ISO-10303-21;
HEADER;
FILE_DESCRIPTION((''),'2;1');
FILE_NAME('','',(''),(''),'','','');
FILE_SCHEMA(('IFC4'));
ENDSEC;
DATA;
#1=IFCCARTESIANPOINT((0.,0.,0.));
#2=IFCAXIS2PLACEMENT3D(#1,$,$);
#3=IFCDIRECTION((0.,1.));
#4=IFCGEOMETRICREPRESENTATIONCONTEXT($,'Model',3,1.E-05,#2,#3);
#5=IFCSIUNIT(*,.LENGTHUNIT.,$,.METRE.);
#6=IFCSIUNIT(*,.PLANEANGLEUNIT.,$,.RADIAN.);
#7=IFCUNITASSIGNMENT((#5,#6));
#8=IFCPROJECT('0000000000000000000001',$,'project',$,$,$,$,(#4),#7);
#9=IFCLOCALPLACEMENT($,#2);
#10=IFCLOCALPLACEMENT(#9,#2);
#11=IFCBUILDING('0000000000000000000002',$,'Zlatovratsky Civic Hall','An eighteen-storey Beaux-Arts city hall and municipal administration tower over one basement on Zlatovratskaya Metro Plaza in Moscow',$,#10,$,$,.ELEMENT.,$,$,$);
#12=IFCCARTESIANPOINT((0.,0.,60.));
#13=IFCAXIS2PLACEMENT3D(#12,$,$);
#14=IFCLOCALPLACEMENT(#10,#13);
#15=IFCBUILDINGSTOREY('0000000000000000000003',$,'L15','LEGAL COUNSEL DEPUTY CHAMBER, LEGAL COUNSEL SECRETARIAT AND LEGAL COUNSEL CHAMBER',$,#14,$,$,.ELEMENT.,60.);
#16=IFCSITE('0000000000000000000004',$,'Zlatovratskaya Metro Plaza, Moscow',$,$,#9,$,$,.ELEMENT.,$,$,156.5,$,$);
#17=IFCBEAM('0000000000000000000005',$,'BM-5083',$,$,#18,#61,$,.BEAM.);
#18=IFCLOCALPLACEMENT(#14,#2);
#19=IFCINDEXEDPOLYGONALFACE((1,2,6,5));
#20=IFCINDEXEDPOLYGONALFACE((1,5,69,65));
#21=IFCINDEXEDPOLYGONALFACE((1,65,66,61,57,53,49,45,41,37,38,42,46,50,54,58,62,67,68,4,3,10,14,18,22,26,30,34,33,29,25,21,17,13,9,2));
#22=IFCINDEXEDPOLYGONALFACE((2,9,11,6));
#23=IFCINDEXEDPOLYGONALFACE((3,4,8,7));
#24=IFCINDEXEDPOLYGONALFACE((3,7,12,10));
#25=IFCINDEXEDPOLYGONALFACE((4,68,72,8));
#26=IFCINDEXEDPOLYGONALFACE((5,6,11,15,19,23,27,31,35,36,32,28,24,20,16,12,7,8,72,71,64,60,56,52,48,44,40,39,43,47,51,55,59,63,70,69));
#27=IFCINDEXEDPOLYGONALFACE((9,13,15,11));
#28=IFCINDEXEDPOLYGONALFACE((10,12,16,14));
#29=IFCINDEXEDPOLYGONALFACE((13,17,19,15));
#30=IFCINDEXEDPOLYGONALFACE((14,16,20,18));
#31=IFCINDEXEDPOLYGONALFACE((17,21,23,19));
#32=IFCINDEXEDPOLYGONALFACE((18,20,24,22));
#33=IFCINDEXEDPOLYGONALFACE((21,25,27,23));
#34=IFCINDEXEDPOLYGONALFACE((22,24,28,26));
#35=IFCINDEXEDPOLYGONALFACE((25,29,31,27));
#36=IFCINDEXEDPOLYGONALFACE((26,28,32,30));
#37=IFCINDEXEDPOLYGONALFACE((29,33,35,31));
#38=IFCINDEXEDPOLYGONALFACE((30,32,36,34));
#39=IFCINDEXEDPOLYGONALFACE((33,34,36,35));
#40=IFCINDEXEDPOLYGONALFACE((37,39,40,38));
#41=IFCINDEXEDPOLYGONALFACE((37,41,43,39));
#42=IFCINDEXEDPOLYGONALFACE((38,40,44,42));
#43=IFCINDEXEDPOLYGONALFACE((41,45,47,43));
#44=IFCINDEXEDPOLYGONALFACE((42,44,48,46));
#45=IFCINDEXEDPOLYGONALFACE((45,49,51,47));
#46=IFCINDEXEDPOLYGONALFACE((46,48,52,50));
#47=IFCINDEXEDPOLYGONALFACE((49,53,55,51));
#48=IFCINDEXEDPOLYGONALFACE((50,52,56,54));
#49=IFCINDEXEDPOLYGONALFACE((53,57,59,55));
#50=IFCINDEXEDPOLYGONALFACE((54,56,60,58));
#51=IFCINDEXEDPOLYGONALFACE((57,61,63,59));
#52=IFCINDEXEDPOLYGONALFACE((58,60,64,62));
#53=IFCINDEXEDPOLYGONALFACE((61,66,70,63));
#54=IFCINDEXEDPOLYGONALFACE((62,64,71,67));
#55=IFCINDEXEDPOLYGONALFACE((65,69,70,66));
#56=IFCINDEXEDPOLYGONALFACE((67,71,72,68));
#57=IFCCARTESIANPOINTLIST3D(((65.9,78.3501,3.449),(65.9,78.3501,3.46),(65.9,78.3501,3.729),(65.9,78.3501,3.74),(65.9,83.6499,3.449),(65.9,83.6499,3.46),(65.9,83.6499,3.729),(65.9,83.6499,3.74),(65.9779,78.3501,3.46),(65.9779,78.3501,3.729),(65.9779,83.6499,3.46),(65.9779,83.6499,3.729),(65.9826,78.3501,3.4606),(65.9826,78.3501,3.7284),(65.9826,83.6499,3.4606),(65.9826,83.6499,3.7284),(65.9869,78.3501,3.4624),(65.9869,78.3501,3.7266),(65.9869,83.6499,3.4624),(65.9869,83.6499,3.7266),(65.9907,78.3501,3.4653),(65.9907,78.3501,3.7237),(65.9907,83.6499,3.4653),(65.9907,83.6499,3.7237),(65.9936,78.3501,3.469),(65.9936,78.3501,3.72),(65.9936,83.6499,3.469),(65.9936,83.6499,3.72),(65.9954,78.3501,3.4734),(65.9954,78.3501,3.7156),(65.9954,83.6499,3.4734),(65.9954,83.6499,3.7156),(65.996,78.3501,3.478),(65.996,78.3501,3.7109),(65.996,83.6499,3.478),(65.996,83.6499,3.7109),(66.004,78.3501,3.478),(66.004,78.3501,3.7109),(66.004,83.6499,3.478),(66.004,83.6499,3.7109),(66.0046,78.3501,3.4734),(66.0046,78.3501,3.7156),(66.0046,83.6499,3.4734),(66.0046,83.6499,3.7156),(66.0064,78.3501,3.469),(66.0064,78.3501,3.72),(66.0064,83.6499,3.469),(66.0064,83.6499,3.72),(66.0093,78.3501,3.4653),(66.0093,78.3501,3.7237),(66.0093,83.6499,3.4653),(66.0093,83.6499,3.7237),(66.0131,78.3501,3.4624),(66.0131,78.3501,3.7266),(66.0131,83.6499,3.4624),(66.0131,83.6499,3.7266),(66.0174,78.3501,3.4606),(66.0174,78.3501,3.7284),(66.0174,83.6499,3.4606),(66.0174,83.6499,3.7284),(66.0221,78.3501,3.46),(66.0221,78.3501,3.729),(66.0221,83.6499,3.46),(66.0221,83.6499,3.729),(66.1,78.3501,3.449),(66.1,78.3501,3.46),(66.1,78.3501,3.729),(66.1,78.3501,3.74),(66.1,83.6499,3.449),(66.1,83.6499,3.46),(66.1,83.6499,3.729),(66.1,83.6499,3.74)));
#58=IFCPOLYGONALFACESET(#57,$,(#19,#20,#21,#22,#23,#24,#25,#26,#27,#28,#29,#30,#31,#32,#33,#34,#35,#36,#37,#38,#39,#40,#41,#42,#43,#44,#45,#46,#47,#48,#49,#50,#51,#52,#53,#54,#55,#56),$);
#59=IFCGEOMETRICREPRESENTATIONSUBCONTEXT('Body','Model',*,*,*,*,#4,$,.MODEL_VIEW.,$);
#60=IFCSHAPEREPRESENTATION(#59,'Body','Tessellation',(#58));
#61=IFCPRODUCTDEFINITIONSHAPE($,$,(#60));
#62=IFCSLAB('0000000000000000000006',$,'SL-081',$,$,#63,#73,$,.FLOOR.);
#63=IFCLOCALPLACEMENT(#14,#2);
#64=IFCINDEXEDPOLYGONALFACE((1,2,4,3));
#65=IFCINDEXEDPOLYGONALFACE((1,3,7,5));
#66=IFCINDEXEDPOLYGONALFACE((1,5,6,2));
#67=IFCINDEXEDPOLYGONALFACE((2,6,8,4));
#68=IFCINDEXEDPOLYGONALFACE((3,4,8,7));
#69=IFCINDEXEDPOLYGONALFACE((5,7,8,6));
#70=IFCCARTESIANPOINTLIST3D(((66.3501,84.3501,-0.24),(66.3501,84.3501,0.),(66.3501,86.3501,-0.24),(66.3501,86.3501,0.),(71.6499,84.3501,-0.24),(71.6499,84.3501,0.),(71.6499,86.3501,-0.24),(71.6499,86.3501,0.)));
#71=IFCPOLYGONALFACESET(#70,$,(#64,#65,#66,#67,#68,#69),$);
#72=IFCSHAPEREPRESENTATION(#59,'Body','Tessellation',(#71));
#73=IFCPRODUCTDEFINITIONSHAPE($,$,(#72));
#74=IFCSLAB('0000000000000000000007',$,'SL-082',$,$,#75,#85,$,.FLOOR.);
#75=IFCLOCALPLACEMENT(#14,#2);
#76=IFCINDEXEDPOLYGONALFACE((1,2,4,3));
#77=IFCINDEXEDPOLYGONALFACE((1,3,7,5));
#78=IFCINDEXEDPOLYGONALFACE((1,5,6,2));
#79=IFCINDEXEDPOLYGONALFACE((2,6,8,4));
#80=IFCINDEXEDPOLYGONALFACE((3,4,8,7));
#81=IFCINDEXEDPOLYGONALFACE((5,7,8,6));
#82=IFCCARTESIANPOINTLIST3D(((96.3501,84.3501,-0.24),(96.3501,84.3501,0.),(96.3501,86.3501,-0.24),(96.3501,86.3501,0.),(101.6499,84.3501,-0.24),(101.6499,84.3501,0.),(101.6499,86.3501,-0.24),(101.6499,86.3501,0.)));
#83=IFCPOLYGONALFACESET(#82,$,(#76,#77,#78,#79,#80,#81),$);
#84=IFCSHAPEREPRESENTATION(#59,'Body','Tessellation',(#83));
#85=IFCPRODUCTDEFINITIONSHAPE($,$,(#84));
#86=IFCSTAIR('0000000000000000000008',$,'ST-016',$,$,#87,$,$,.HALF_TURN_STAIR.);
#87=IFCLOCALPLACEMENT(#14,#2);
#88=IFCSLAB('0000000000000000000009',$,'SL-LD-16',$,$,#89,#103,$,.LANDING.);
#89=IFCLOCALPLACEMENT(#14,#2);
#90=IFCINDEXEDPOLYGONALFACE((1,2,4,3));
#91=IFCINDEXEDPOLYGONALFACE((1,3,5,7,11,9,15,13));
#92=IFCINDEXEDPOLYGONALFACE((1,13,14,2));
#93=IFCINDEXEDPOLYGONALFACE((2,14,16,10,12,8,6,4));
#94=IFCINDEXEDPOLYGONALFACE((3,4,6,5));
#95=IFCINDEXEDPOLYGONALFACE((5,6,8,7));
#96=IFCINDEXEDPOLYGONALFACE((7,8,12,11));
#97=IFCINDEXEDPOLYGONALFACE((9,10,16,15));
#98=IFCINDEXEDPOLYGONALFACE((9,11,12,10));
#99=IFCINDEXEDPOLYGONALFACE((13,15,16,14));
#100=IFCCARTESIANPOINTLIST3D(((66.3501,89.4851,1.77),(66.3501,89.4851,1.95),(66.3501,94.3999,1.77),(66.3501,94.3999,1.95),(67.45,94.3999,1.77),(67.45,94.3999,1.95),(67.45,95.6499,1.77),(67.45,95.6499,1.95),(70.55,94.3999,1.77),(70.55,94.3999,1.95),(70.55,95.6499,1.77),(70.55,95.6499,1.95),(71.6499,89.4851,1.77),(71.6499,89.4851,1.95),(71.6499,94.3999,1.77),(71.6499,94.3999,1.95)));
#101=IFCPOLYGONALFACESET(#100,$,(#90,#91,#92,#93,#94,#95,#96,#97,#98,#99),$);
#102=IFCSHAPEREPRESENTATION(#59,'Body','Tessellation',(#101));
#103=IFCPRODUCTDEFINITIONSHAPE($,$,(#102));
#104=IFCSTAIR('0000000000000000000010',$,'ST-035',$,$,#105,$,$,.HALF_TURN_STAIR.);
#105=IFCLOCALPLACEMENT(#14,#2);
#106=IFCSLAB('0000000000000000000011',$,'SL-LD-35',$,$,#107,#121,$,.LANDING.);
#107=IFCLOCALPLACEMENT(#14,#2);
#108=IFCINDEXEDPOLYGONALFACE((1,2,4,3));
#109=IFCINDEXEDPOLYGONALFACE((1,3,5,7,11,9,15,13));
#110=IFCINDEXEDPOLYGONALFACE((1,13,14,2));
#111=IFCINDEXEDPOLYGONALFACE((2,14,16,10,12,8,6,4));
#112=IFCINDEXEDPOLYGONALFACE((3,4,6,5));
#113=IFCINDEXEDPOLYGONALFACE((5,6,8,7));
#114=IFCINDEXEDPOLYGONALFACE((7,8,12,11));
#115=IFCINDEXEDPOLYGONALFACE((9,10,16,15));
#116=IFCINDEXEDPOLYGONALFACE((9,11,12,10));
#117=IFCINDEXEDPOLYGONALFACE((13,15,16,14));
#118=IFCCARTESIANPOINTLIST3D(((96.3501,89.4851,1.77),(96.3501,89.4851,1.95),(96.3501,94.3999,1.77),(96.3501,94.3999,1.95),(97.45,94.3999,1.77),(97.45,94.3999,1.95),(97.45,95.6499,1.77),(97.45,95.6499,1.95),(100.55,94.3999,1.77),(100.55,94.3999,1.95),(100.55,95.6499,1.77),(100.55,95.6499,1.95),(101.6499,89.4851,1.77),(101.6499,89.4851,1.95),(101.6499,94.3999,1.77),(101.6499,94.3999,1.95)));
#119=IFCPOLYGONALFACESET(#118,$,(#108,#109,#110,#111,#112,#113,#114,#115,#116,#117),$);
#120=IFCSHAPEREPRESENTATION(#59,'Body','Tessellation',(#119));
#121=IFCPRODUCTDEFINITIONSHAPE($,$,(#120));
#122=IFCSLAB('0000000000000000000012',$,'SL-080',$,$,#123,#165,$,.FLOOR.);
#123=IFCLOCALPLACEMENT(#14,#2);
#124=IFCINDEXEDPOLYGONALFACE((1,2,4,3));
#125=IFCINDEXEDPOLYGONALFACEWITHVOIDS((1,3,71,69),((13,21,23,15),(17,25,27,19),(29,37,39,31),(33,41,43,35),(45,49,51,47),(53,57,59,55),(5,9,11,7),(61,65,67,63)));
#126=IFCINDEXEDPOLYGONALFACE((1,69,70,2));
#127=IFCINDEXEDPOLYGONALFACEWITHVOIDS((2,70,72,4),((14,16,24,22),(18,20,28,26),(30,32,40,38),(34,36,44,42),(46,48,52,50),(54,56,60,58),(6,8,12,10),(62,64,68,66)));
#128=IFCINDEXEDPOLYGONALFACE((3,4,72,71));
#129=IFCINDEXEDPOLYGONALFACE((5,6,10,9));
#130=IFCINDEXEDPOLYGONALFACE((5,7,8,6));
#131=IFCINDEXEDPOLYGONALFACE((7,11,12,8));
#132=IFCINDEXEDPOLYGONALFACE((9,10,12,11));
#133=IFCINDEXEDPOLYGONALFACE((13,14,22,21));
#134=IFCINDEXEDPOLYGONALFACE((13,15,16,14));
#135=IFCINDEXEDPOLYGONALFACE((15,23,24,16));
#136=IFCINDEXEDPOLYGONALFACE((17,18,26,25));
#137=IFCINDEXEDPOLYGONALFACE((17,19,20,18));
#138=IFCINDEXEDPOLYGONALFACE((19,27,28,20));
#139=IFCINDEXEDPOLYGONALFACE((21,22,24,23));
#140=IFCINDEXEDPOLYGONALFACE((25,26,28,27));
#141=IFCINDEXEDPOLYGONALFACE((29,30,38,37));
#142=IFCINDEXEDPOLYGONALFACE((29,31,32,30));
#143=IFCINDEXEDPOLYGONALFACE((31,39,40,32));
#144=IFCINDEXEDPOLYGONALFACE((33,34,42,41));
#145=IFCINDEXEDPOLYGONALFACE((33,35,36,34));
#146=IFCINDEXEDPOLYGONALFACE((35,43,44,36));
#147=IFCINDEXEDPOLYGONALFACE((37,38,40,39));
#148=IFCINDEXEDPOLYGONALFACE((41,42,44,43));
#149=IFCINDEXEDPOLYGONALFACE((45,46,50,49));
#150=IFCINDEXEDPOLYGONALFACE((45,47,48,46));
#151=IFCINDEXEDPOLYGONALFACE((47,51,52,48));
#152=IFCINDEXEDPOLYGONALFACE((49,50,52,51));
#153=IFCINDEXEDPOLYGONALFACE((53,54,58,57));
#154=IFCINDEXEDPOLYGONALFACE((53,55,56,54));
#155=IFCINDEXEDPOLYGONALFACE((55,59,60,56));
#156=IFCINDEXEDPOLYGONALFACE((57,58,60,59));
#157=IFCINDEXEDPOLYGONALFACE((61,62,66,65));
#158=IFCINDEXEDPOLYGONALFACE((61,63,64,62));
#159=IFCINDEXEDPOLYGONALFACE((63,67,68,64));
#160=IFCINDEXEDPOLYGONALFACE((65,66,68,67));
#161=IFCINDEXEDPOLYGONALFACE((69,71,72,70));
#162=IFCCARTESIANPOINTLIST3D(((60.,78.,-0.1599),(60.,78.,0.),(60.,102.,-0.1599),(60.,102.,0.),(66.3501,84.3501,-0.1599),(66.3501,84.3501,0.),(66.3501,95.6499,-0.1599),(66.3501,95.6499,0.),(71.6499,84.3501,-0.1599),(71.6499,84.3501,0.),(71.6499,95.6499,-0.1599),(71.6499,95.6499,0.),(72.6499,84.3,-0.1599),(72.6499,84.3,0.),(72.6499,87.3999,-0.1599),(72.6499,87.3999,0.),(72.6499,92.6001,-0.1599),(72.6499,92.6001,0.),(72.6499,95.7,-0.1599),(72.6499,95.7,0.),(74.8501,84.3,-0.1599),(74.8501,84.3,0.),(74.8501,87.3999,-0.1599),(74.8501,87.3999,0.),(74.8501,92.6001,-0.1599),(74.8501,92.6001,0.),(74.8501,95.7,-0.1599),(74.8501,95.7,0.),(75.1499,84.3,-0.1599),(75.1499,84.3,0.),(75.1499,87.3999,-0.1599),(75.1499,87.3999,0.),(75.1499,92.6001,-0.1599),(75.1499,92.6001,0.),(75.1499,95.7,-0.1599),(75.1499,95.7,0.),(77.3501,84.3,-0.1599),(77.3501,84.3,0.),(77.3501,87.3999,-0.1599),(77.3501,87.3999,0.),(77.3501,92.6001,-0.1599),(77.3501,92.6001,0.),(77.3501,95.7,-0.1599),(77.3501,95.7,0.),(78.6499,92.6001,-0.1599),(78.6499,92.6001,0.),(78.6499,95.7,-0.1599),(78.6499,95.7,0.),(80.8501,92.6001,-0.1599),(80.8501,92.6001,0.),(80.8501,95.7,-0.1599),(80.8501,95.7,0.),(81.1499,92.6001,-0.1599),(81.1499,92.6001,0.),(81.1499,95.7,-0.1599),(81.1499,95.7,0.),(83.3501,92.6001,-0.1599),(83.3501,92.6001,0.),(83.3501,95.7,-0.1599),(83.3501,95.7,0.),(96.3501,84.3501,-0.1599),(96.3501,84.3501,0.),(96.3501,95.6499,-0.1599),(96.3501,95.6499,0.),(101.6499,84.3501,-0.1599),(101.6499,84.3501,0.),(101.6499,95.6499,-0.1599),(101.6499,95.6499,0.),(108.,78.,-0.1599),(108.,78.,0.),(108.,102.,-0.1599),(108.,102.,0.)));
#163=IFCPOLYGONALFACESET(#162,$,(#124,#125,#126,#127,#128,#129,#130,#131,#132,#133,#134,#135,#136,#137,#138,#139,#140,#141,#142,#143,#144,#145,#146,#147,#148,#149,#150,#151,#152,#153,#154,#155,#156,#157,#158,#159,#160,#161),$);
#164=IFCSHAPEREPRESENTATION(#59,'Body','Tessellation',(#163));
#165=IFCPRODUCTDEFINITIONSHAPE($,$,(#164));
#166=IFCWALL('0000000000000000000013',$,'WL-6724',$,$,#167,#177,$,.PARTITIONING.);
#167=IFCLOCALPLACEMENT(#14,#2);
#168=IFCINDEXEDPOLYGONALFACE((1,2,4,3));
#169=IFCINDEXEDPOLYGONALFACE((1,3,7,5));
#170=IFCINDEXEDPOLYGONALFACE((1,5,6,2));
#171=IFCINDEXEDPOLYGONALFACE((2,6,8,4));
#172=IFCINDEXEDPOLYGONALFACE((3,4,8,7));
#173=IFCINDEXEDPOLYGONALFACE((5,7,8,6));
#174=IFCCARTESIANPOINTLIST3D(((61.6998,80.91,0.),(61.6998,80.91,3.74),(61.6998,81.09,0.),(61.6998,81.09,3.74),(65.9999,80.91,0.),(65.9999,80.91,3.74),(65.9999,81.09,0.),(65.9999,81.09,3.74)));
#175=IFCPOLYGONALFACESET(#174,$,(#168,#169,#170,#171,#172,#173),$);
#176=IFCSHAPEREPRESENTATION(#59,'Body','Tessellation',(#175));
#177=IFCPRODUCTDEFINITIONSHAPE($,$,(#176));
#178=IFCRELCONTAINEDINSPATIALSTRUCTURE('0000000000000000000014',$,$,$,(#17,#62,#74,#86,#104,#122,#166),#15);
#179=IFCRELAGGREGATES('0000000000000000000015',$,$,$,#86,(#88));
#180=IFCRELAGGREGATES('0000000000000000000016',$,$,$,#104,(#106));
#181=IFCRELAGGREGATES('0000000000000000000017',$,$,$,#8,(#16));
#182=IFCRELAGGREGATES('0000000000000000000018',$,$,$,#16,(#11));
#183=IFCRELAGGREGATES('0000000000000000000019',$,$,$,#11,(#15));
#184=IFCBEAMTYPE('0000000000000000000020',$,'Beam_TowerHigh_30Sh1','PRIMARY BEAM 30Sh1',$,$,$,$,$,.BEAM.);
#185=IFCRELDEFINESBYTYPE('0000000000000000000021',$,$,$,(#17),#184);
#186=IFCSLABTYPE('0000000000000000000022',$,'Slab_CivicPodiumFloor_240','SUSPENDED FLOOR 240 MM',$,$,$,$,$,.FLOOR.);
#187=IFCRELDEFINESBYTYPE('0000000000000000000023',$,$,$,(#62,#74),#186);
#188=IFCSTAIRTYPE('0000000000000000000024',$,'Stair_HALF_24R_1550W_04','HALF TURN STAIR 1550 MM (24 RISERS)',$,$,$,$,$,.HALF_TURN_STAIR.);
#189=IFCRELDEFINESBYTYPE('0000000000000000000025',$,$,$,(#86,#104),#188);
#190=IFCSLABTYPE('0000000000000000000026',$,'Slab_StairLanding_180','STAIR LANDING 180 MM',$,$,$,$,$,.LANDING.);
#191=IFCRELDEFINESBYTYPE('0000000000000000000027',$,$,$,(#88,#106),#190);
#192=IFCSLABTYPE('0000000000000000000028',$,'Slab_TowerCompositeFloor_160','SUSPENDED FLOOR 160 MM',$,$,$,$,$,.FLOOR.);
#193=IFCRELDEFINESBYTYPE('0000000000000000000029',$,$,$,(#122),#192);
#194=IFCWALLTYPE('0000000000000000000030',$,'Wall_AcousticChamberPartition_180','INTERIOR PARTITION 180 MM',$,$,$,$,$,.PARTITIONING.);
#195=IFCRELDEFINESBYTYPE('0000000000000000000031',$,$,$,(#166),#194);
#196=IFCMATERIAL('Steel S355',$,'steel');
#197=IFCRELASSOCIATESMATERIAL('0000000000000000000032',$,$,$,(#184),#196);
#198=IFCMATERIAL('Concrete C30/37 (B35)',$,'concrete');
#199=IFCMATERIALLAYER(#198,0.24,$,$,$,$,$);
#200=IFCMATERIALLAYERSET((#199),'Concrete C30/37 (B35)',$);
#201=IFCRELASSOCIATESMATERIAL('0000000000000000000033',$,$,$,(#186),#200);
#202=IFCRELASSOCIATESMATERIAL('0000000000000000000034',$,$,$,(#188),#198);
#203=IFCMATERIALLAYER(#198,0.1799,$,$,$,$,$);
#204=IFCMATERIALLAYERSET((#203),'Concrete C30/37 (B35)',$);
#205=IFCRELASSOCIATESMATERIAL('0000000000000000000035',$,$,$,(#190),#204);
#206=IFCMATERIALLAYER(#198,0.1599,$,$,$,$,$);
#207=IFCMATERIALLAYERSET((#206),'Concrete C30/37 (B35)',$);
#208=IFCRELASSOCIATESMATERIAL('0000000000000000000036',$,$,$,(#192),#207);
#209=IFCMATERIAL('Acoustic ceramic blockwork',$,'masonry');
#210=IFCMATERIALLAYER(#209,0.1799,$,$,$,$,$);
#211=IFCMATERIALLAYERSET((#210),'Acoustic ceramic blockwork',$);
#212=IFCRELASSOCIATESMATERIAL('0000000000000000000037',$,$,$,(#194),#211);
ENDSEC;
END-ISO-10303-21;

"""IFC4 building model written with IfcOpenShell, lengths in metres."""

from ifc_helpers import new_model, si_unit, direction, frame, frame_2d, origin, origin_2d, place, context, subcontext, project, spatial, polyline, rectangle, i_section, outline, extrude, material, layer, layer_set, material_profile, profile_set, type_object, element, aggregate, save


model = new_model("IFC4")

# Units and contexts
model_context = context("Model", 3, precision=1e-05, world=origin(), true_north=direction((0.0, 1.0)))
body_context = subcontext(model_context, "Body", "Model", "MODEL_VIEW")
ifc_project = project(units=[si_unit("LENGTHUNIT", "METRE"), si_unit("PLANEANGLEUNIT", "RADIAN")], contexts=[model_context])

# Site, building, storey
site_placement = place(None, origin())
site = spatial("IfcSite", under=ifc_project, at=site_placement, Name="Zlatovratskaya Metro Plaza, Moscow", CompositionType="ELEMENT", RefElevation=156.5)
building_placement = place(site_placement, origin())
building = spatial("IfcBuilding", under=site, at=building_placement, Name="Zlatovratsky Civic Hall", Description="An eighteen-storey Beaux-Arts city hall and municipal administration tower over one basement on Zlatovratskaya Metro Plaza in Moscow", CompositionType="ELEMENT")
storey_placement = place(building_placement, frame((0.0, 0.0, 60.0)))
storey = spatial("IfcBuildingStorey", under=building, at=storey_placement, Name="L15", Description="LEGAL COUNSEL DEPUTY CHAMBER, LEGAL COUNSEL SECRETARIAT AND LEGAL COUNSEL CHAMBER", CompositionType="ELEMENT", Elevation=60.0)

# Beam
ifc_material_1 = material(Name="Steel S355", Category="steel")
ifc_material_profile_1 = material_profile(ifc_material_1, i_section(OverallWidth=0.2, OverallDepth=0.291, WebThickness=0.0081, FlangeThickness=0.011, FilletRadius=0.0181, at=origin_2d()), Name="30Sh1")
ifc_profile_set_1 = profile_set([ifc_material_profile_1], Name="Steel S355")
beam_type_1 = type_object("IfcBeamType", Name="Beam_TowerHigh_30Sh1", Description="PRIMARY BEAM 30Sh1", PredefinedType="BEAM", material=ifc_profile_set_1)
beam_placement = place(storey_placement, frame((66.0, 78.3501, 3.5945), z_axis=(0.0, 1.0, 0.0), x_axis=(-1.0, 0.0, 0.0)))
element("IfcBeam", 1, at=beam_placement, inside=storey, type_object=beam_type_1, Name="BM-5083", PredefinedType="BEAM", context=body_context, shape_type="SweptSolid", body=[
    extrude(i_section(OverallWidth=0.2, OverallDepth=0.291, WebThickness=0.0081, FlangeThickness=0.011, FilletRadius=0.0181, at=origin_2d()), origin(), (0.0, 0.0, 1.0), 5.2998),
])

# Slabs
ifc_material_2 = material(Name="Concrete C30/37 (B35)", Category="concrete")
ifc_layer_1 = layer(ifc_material_2, 0.24)
ifc_layer_set_1 = layer_set([ifc_layer_1], Name="Concrete C30/37 (B35)")
slab_type_1 = type_object("IfcSlabType", Name="Slab_CivicPodiumFloor_240", Description="SUSPENDED FLOOR 240 MM", PredefinedType="FLOOR", material=ifc_layer_set_1)
slab_1_placement = place(storey_placement, frame((0.0, 0.0, -0.24)))
element("IfcSlab", 2, at=slab_1_placement, inside=storey, type_object=slab_type_1, Name="SL-081", PredefinedType="FLOOR", context=body_context, shape_type="SweptSolid", body=[
    extrude(outline(polyline([(66.3501, 84.3501), (71.6499, 84.3501), (71.6499, 86.3501), (66.3501, 86.3501), (66.3501, 84.3501)])), origin(), (0.0, 0.0, 1.0), 0.24),
])
slab_2_placement = place(storey_placement, frame((0.0, 0.0, -0.24)))
element("IfcSlab", 3, at=slab_2_placement, inside=storey, type_object=slab_type_1, Name="SL-082", PredefinedType="FLOOR", context=body_context, shape_type="SweptSolid", body=[
    extrude(outline(polyline([(96.3501, 84.3501), (101.6499, 84.3501), (101.6499, 86.3501), (96.3501, 86.3501), (96.3501, 84.3501)])), origin(), (0.0, 0.0, 1.0), 0.24),
])

# Stairs, slabs
stair_type = type_object("IfcStairType", Name="Stair_HALF_24R_1550W_04", Description="HALF TURN STAIR 1550 MM (24 RISERS)", PredefinedType="HALF_TURN_STAIR", material=ifc_material_2)
stair_1_placement = place(storey_placement, origin())
stair_1 = element("IfcStair", 4, at=stair_1_placement, inside=storey, type_object=stair_type, Name="ST-016", PredefinedType="HALF_TURN_STAIR")
ifc_layer_2 = layer(ifc_material_2, 0.1799)
ifc_layer_set_2 = layer_set([ifc_layer_2], Name="Concrete C30/37 (B35)")
slab_type_2 = type_object("IfcSlabType", Name="Slab_StairLanding_180", Description="STAIR LANDING 180 MM", PredefinedType="LANDING", material=ifc_layer_set_2)
slab_3_placement = place(storey_placement, frame((0.0, 0.0, 1.77)))
slab_3 = element("IfcSlab", 5, at=slab_3_placement, type_object=slab_type_2, Name="SL-LD-16", PredefinedType="LANDING", context=body_context, shape_type="SweptSolid", body=[
    extrude(outline(polyline([(66.3501, 89.4851), (71.6499, 89.4851), (71.6499, 94.3999), (70.55, 94.3999), (70.55, 95.6499), (67.45, 95.6499), (67.45, 94.3999), (66.3501, 94.3999), (66.3501, 89.4851)])), origin(), (0.0, 0.0, 1.0), 0.1799),
])
aggregate(stair_1, [slab_3])
stair_2_placement = place(storey_placement, origin())
stair_2 = element("IfcStair", 6, at=stair_2_placement, inside=storey, type_object=stair_type, Name="ST-035", PredefinedType="HALF_TURN_STAIR")
slab_4_placement = place(storey_placement, frame((0.0, 0.0, 1.77)))
slab_4 = element("IfcSlab", 7, at=slab_4_placement, type_object=slab_type_2, Name="SL-LD-35", PredefinedType="LANDING", context=body_context, shape_type="SweptSolid", body=[
    extrude(outline(polyline([(96.3501, 89.4851), (101.6499, 89.4851), (101.6499, 94.3999), (100.55, 94.3999), (100.55, 95.6499), (97.45, 95.6499), (97.45, 94.3999), (96.3501, 94.3999), (96.3501, 89.4851)])), origin(), (0.0, 0.0, 1.0), 0.1799),
])
aggregate(stair_2, [slab_4])

# Slab
ifc_layer_3 = layer(ifc_material_2, 0.1599)
ifc_layer_set_3 = layer_set([ifc_layer_3], Name="Concrete C30/37 (B35)")
slab_type_3 = type_object("IfcSlabType", Name="Slab_TowerCompositeFloor_160", Description="SUSPENDED FLOOR 160 MM", PredefinedType="FLOOR", material=ifc_layer_set_3)
slab_5_placement = place(storey_placement, frame((0.0, 0.0, -0.1599)))
element("IfcSlab", 8, at=slab_5_placement, inside=storey, type_object=slab_type_3, Name="SL-080", PredefinedType="FLOOR", context=body_context, shape_type="SweptSolid", body=[
    extrude(outline(polyline([(60.0, 78.0), (108.0, 78.0), (108.0, 102.0), (60.0, 102.0), (60.0, 78.0)]), holes=[polyline([(66.3501, 84.3501), (71.6499, 84.3501), (71.6499, 95.6499), (66.3501, 95.6499), (66.3501, 84.3501)]), polyline([(96.3501, 84.3501), (101.6499, 84.3501), (101.6499, 95.6499), (96.3501, 95.6499), (96.3501, 84.3501)]), polyline([(72.6499, 84.3), (74.8501, 84.3), (74.8501, 87.3999), (72.6499, 87.3999), (72.6499, 84.3)]), polyline([(75.1499, 84.3), (77.3501, 84.3), (77.3501, 87.3999), (75.1499, 87.3999), (75.1499, 84.3)]), polyline([(72.6499, 92.6001), (74.8501, 92.6001), (74.8501, 95.7), (72.6499, 95.7), (72.6499, 92.6001)]), polyline([(75.1499, 92.6001), (77.3501, 92.6001), (77.3501, 95.7), (75.1499, 95.7), (75.1499, 92.6001)]), polyline([(78.6499, 92.6001), (80.8501, 92.6001), (80.8501, 95.7), (78.6499, 95.7), (78.6499, 92.6001)]), polyline([(81.1499, 92.6001), (83.3501, 92.6001), (83.3501, 95.7), (81.1499, 95.7), (81.1499, 92.6001)])]), origin(), (0.0, 0.0, 1.0), 0.1599),
])

# Wall
ifc_material_3 = material(Name="Acoustic ceramic blockwork", Category="masonry")
ifc_layer_4 = layer(ifc_material_3, 0.1799)
ifc_layer_set_4 = layer_set([ifc_layer_4], Name="Acoustic ceramic blockwork")
wall_type_1 = type_object("IfcWallType", Name="Wall_AcousticChamberPartition_180", Description="INTERIOR PARTITION 180 MM", PredefinedType="PARTITIONING", material=ifc_layer_set_4)
wall_1_placement = place(storey_placement, frame((61.7, 81.0, 0.0), z_axis=(0.0, 0.0, 1.0), x_axis=(1.0, 0.0, 0.0)))
element("IfcWall", 9, at=wall_1_placement, inside=storey, type_object=wall_type_1, Name="WL-6724", PredefinedType="PARTITIONING", context=body_context, shape_type="SweptSolid", body=[
    extrude(rectangle(XDim=4.3, YDim=0.1799, at=frame_2d((2.1499, 0.0))), origin(), (0.0, 0.0, 1.0), 3.74),
])

save(model, "model.ifc")
